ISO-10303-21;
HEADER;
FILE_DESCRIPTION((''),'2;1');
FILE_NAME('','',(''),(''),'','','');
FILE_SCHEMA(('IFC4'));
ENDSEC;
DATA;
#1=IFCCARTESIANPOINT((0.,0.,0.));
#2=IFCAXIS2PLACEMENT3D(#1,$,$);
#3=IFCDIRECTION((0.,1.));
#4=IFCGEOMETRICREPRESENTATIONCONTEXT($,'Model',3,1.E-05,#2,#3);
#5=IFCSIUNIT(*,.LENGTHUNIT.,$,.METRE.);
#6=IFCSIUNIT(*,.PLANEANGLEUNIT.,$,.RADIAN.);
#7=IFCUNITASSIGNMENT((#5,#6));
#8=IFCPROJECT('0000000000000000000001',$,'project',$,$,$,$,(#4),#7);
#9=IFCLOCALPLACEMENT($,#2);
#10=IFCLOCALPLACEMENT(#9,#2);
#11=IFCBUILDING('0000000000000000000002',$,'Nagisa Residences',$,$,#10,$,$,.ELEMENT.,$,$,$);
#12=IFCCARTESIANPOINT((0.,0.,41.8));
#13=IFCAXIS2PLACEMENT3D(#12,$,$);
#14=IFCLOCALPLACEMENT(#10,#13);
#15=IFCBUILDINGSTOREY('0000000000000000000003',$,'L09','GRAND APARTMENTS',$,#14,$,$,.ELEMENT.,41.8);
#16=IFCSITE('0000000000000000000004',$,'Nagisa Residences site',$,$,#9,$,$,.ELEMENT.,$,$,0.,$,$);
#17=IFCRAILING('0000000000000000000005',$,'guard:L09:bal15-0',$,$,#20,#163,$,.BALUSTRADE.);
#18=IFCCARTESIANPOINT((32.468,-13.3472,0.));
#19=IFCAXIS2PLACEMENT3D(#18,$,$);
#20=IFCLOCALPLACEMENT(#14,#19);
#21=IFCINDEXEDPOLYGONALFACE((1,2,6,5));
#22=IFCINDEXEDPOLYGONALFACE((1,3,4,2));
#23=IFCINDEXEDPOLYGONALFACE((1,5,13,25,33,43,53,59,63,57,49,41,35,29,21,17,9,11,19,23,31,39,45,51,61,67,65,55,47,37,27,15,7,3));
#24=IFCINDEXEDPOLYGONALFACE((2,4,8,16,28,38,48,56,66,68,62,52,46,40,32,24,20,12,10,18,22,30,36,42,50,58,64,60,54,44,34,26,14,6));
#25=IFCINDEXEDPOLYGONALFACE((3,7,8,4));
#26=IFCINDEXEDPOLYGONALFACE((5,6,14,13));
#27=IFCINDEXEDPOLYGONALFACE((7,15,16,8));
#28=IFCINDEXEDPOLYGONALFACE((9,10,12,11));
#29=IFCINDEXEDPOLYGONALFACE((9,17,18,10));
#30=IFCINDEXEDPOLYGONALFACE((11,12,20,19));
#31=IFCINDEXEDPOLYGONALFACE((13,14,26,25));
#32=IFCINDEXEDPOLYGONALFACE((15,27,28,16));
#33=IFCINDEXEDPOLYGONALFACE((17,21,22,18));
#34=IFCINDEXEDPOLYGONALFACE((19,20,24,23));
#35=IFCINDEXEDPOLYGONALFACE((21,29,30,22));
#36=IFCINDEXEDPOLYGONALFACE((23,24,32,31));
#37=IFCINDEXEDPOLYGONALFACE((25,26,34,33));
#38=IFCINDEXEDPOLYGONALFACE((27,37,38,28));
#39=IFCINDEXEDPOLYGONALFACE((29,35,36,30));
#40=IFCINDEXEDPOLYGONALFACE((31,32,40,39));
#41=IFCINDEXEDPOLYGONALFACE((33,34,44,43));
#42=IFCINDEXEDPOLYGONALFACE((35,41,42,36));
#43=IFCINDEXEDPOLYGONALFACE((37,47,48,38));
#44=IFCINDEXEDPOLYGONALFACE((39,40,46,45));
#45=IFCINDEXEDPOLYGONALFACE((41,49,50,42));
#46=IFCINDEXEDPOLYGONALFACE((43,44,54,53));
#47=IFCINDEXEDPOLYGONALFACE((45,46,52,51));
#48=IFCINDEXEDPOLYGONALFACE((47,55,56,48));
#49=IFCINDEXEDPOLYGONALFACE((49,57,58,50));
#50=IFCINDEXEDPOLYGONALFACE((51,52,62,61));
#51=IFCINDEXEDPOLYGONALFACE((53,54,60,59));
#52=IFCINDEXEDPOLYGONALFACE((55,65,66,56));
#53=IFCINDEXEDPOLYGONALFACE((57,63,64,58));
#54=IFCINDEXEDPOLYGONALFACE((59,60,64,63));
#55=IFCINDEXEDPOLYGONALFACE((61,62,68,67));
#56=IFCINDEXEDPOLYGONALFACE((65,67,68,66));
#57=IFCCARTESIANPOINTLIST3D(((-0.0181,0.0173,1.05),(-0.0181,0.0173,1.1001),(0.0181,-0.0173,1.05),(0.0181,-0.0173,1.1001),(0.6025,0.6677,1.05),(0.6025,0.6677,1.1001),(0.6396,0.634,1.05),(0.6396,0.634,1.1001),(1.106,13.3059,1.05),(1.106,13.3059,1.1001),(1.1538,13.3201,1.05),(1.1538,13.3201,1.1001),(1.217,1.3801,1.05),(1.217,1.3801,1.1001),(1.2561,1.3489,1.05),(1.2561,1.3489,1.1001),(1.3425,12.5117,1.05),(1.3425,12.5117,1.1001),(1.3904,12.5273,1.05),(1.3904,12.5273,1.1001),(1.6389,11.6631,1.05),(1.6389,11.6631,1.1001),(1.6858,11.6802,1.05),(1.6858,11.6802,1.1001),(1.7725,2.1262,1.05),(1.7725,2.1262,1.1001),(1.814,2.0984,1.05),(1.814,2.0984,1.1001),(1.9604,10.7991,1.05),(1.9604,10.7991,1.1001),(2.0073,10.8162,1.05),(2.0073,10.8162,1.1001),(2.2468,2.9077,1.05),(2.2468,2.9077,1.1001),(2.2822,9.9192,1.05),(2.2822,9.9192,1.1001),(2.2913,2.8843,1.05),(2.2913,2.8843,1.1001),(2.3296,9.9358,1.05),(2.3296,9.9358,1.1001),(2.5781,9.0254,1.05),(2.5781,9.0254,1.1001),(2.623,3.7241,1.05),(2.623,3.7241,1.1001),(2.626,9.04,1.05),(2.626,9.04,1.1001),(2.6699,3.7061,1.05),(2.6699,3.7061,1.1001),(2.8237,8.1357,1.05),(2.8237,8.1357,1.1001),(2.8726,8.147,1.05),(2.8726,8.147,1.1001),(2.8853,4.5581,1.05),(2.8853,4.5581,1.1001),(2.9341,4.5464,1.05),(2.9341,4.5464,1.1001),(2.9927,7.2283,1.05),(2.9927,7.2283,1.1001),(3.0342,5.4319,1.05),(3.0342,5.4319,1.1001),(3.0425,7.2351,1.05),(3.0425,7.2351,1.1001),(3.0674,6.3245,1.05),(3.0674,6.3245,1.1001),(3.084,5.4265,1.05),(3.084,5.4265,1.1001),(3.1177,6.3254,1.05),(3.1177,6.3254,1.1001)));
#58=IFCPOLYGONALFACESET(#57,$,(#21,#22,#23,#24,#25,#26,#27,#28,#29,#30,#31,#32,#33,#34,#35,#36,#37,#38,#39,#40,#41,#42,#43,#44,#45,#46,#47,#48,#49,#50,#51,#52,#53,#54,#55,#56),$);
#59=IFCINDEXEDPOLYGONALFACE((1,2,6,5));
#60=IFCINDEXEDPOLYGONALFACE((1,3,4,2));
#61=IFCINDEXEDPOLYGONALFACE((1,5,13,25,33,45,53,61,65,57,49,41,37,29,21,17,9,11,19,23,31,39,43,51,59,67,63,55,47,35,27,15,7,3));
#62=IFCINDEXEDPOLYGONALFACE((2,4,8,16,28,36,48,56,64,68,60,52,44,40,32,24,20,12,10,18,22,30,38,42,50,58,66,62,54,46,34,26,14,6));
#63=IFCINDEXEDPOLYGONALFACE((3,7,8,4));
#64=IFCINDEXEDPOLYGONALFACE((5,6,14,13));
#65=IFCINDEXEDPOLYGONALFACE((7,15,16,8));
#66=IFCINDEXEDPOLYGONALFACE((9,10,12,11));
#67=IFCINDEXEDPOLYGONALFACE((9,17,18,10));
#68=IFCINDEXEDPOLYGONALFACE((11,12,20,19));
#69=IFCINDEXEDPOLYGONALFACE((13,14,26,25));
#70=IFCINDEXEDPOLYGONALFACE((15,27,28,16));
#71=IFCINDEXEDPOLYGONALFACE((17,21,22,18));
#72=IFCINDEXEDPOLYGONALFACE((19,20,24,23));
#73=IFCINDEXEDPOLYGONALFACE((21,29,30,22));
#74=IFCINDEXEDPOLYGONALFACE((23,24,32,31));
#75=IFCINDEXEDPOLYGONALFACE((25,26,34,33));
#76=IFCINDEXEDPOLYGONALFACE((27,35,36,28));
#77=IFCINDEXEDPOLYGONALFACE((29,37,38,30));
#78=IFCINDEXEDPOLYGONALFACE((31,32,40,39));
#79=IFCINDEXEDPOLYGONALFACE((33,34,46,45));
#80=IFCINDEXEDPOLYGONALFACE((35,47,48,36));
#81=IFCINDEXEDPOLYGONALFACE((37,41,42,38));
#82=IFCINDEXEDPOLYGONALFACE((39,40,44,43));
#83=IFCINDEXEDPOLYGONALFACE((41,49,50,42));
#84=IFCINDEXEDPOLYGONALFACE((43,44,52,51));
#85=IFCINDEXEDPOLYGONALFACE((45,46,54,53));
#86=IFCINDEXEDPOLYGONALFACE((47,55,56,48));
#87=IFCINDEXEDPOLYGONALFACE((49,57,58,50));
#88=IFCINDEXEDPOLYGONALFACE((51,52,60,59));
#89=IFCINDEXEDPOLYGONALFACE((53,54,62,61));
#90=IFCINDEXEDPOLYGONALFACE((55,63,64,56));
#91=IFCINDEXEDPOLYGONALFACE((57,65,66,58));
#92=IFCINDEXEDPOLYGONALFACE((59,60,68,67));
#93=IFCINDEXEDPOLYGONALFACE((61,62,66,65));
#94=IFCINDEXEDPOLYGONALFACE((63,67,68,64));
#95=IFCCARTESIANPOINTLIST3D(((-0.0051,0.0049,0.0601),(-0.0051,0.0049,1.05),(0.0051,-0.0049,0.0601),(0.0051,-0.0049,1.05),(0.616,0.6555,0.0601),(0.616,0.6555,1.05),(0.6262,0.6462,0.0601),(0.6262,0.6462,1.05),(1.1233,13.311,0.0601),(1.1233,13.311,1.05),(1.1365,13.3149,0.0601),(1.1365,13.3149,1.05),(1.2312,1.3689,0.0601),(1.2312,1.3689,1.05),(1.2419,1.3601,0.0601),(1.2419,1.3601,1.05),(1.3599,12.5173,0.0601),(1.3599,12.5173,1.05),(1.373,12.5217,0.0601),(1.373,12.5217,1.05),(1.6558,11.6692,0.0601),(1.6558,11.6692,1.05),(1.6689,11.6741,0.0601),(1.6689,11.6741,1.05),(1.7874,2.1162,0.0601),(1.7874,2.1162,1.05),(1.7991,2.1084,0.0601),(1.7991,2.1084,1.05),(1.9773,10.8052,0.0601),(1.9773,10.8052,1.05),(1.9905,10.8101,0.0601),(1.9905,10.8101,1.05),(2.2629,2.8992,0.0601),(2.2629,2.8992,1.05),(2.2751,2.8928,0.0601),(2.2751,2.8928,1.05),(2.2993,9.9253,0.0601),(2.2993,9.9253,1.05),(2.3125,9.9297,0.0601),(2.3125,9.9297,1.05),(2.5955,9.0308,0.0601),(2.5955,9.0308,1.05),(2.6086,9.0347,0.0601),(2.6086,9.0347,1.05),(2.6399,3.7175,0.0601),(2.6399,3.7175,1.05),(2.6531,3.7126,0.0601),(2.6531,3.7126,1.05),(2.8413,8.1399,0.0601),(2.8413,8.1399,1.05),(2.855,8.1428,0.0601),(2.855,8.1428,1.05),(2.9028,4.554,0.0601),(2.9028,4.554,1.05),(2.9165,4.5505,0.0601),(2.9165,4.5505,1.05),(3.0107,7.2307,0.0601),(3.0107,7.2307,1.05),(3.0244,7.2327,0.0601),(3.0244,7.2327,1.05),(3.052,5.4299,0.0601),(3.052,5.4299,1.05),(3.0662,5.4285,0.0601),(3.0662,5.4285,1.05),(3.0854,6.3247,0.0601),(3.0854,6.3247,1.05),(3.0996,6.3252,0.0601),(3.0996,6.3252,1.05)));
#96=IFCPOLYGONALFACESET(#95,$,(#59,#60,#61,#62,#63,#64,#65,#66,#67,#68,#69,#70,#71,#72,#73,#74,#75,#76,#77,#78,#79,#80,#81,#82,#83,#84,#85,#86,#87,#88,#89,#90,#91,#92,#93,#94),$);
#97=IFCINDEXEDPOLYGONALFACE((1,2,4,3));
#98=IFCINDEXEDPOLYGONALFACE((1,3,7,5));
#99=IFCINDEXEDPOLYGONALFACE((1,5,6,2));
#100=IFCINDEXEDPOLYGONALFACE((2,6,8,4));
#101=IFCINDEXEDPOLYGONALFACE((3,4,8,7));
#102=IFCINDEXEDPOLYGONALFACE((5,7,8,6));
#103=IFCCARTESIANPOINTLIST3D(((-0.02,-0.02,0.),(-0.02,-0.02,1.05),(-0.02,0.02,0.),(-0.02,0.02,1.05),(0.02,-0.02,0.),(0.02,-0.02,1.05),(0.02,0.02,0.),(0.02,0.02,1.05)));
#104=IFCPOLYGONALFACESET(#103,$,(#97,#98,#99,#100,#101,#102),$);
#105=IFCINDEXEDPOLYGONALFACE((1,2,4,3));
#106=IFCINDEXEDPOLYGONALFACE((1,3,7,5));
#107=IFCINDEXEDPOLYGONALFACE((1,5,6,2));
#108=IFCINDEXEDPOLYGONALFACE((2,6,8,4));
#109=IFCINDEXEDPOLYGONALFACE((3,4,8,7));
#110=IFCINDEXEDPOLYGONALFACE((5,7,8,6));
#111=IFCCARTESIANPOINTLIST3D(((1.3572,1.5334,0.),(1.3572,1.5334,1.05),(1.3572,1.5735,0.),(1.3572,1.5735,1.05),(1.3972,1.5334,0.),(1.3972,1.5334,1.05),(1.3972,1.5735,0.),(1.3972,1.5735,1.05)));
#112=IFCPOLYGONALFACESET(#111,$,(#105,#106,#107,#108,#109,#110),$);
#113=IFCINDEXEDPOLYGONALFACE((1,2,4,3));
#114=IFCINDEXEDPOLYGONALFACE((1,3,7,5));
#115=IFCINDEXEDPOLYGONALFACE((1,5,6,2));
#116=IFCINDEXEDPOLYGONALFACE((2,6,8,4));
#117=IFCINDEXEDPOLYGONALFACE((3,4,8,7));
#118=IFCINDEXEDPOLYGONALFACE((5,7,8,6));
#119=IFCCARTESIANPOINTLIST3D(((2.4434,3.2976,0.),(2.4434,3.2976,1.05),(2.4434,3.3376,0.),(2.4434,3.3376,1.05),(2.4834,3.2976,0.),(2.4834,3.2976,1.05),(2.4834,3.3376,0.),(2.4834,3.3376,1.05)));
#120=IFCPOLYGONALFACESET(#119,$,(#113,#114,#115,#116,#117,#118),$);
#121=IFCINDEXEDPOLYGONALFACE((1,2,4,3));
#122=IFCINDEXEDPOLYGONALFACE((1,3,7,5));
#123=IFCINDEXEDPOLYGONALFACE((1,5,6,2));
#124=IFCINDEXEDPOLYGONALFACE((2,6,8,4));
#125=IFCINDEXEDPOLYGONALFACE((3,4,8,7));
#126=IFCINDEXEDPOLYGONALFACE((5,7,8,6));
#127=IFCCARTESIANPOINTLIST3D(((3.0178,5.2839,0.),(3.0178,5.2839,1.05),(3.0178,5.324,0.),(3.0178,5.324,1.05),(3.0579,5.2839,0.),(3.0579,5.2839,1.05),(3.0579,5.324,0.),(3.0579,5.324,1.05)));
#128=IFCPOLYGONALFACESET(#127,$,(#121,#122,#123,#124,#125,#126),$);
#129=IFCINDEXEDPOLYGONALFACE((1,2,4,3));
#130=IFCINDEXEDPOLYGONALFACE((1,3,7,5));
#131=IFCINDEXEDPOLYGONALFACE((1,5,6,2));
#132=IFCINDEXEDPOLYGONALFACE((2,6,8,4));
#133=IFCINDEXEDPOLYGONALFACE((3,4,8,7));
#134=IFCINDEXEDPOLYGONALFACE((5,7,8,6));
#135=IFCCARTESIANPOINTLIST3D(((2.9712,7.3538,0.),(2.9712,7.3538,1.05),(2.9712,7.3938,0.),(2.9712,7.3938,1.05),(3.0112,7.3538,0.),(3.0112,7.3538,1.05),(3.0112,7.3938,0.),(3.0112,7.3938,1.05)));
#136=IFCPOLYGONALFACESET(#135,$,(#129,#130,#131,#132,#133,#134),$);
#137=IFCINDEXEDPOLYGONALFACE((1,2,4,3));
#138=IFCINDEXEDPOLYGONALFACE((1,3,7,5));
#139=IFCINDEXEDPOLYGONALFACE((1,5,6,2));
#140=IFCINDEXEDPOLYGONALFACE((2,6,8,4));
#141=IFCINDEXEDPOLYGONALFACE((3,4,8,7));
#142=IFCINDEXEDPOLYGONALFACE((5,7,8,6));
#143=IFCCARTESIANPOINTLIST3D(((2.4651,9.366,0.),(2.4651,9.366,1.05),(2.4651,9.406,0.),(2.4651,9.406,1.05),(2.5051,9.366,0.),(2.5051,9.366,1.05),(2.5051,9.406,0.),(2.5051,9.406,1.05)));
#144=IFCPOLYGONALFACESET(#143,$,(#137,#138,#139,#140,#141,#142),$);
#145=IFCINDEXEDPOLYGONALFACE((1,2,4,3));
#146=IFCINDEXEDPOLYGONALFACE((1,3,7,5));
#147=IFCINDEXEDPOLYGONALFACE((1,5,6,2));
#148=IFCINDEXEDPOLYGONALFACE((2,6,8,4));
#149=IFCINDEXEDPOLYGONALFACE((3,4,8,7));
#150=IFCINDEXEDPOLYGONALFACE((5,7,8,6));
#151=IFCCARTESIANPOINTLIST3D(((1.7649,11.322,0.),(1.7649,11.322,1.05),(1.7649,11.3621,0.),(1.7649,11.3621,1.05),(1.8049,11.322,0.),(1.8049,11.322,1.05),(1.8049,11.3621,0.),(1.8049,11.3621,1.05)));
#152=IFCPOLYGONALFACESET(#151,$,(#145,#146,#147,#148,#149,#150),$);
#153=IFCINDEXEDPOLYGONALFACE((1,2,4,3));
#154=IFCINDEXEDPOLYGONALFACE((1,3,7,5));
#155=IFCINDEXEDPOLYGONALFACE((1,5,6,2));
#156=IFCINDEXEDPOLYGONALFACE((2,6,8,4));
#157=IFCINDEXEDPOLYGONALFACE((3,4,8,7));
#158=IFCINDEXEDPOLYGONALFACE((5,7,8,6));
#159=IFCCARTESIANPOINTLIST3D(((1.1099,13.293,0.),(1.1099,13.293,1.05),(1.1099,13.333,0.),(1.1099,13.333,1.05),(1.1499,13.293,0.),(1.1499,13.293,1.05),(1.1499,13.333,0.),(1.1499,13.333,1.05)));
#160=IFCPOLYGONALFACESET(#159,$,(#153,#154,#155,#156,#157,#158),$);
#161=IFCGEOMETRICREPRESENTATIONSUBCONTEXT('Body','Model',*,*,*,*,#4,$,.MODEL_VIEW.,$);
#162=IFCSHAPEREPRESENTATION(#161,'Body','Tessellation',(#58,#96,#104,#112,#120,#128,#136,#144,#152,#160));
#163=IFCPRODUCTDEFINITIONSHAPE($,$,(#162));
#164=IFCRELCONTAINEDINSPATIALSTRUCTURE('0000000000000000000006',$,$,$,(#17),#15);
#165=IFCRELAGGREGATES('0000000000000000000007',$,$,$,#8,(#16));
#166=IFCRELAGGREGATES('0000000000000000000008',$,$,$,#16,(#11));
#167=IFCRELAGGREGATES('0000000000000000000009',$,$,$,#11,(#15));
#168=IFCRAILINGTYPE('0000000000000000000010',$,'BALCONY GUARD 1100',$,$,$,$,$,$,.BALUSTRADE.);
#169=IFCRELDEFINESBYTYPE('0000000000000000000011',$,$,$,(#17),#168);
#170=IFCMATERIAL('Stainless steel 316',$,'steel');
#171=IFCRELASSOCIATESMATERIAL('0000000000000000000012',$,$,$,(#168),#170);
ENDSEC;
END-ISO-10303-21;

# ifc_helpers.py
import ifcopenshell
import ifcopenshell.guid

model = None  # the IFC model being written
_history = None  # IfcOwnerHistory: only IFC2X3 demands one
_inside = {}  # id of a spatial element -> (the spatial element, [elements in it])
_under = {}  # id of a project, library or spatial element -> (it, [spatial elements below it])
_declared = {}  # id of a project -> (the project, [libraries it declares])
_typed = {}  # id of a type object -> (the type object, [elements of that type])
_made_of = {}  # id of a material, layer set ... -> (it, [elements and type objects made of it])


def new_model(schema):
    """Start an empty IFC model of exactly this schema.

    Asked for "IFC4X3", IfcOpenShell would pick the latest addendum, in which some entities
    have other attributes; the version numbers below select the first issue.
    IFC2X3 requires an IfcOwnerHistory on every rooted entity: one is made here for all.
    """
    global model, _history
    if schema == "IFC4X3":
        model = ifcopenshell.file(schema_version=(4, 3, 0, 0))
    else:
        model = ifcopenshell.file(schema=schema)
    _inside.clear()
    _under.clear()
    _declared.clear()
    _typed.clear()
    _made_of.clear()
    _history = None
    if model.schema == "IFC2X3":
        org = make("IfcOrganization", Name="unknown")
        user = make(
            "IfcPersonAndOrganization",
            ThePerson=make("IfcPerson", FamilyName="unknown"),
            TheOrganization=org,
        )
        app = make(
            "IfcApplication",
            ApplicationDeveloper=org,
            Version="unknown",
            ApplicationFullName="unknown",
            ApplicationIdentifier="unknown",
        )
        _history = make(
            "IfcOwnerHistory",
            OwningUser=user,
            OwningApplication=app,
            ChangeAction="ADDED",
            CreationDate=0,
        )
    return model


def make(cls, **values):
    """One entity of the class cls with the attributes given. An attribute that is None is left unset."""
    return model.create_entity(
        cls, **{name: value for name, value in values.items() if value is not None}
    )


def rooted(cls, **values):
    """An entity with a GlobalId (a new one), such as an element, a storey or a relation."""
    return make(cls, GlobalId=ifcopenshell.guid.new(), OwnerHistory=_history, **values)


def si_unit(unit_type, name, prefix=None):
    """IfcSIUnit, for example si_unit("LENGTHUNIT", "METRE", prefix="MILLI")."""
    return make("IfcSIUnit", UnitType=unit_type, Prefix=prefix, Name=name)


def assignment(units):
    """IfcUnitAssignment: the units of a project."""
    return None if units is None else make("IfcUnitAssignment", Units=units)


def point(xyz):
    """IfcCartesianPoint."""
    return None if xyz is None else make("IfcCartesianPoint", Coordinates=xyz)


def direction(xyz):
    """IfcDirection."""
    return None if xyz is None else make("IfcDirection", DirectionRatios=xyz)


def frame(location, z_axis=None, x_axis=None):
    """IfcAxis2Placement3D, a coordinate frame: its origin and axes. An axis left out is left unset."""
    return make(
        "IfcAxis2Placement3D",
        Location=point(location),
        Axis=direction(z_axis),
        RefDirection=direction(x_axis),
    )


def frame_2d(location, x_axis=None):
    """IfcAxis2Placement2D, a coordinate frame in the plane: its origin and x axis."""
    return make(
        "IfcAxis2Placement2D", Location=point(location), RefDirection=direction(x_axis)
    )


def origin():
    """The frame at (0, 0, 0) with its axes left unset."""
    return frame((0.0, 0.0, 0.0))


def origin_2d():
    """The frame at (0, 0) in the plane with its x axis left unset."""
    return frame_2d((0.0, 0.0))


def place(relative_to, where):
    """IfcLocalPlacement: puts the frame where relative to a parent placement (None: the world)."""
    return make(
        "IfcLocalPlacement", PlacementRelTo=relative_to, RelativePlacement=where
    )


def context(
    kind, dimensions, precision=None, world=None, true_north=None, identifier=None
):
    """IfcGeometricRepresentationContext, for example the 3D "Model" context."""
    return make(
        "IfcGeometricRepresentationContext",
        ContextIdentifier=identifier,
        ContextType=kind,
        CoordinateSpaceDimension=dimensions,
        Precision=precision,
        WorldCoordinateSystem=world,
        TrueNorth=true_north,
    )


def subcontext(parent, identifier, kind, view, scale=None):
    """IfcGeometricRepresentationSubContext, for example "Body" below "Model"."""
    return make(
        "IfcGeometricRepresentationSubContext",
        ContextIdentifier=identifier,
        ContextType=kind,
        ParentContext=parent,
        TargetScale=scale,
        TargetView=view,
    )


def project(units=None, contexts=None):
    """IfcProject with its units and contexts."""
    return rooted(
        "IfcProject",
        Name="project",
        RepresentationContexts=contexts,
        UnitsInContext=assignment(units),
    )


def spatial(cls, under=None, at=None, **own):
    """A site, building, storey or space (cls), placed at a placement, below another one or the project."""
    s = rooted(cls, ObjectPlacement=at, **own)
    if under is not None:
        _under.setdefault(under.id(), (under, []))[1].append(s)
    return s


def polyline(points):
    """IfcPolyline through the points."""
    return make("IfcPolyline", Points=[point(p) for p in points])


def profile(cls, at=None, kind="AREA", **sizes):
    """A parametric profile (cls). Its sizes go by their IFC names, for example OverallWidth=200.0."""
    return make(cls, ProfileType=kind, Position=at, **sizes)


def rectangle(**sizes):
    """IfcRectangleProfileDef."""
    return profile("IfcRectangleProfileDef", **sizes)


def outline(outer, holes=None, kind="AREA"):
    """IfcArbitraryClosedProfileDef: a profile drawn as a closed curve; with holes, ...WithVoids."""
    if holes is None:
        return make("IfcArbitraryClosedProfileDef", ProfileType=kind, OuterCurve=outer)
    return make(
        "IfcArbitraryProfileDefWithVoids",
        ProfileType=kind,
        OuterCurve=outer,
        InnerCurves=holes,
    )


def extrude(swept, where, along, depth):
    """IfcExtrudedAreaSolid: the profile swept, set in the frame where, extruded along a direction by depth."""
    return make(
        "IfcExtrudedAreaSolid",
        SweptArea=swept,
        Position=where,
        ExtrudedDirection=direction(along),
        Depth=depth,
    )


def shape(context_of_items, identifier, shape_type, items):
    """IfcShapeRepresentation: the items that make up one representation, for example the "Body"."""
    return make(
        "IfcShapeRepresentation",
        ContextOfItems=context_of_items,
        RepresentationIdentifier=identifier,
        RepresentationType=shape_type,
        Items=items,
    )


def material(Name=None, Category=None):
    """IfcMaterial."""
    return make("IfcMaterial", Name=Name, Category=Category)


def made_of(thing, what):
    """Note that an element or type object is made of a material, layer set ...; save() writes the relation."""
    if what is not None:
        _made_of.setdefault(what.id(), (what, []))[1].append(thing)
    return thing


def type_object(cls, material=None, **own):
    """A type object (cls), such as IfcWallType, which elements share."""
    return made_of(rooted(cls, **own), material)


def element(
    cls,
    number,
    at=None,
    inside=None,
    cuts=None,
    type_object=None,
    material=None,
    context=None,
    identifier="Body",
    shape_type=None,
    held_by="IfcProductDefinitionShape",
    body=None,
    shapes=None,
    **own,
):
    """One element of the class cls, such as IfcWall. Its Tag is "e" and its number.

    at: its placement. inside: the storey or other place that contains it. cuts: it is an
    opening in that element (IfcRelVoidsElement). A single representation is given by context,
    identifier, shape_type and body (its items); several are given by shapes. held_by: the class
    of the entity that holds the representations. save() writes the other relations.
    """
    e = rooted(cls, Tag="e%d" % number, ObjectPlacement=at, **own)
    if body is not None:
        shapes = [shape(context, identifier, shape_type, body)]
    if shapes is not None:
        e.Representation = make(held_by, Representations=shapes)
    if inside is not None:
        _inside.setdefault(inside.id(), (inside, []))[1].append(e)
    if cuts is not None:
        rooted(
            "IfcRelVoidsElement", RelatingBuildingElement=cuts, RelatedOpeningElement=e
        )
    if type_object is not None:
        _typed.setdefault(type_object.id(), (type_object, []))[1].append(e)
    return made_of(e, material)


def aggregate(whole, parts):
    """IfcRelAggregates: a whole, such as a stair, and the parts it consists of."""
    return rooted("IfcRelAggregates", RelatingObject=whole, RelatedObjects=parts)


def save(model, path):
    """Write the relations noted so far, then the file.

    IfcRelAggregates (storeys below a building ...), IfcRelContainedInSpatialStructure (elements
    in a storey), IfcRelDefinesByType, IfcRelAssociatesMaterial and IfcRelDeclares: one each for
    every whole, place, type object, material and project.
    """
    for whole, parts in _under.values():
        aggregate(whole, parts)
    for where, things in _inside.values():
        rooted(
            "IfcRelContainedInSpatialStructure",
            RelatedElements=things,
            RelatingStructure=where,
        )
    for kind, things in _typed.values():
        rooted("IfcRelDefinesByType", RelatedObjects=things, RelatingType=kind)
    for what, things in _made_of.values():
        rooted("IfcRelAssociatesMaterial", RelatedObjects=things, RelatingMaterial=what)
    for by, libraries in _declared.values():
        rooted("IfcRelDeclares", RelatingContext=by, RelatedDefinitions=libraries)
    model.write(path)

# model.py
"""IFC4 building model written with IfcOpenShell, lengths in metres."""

from ifc_helpers import new_model, si_unit, direction, frame, origin, origin_2d, place, context, subcontext, project, spatial, polyline, rectangle, outline, extrude, material, type_object, element, save


model = new_model("IFC4")

# Units and contexts
model_context = context("Model", 3, precision=1e-05, world=origin(), true_north=direction((0.0, 1.0)))
body_context = subcontext(model_context, "Body", "Model", "MODEL_VIEW")
ifc_project = project(units=[si_unit("LENGTHUNIT", "METRE"), si_unit("PLANEANGLEUNIT", "RADIAN")], contexts=[model_context])

# Site, building, storey
site_placement = place(None, origin())
site = spatial("IfcSite", under=ifc_project, at=site_placement, Name="Nagisa Residences site", CompositionType="ELEMENT", RefElevation=0.0)
building_placement = place(site_placement, origin())
building = spatial("IfcBuilding", under=site, at=building_placement, Name="Nagisa Residences", CompositionType="ELEMENT")
storey_placement = place(building_placement, frame((0.0, 0.0, 41.8)))
storey = spatial("IfcBuildingStorey", under=building, at=storey_placement, Name="L09", Description="GRAND APARTMENTS", CompositionType="ELEMENT", Elevation=41.8)

# Railing
ifc_material_1 = material(Name="Stainless steel 316", Category="steel")
railing_type = type_object("IfcRailingType", Name="BALCONY GUARD 1100", PredefinedType="BALUSTRADE", material=ifc_material_1)
railing_placement = place(storey_placement, frame((32.468, -13.3472, 0.0)))
element("IfcRailing", 1, at=railing_placement, inside=storey, type_object=railing_type, Name="guard:L09:bal15-0", PredefinedType="BALUSTRADE", context=body_context, shape_type="SweptSolid", body=[
    extrude(outline(polyline([(0.6025, 0.6677), (-0.0181, 0.0173), (0.0181, -0.0173), (0.6396, 0.634), (1.2561, 1.3489), (1.814, 2.0984), (2.2913, 2.8843), (2.6699, 3.7061), (2.9341, 4.5464), (3.084, 5.4265), (3.1177, 6.3254), (3.0425, 7.2351), (2.8726, 8.147), (2.626, 9.04), (2.3296, 9.9358), (2.0073, 10.8162), (1.6858, 11.6802), (1.3904, 12.5273), (1.1538, 13.3201), (1.106, 13.3059), (1.3425, 12.5117), (1.6389, 11.6631), (1.9604, 10.7991), (2.2822, 9.9192), (2.5781, 9.0254), (2.8237, 8.1357), (2.9927, 7.2283), (3.0674, 6.3245), (3.0342, 5.4319), (2.8853, 4.5581), (2.623, 3.7241), (2.2468, 2.9077), (1.7725, 2.1262), (1.217, 1.3801), (0.6025, 0.6677)])), frame((0.0, 0.0, 1.05)), (0.0, 0.0, 1.0), 0.05),
    extrude(outline(polyline([(0.616, 0.6555), (-0.0051, 0.0049), (0.0051, -0.0049), (0.6262, 0.6462), (1.2419, 1.3601), (1.7991, 2.1084), (2.2751, 2.8928), (2.6531, 3.7126), (2.9165, 4.5505), (3.0662, 5.4285), (3.0996, 6.3252), (3.0244, 7.2327), (2.855, 8.1428), (2.6086, 9.0347), (2.3125, 9.9297), (1.9905, 10.8101), (1.6689, 11.6741), (1.373, 12.5217), (1.1365, 13.3149), (1.1233, 13.311), (1.3599, 12.5173), (1.6558, 11.6692), (1.9773, 10.8052), (2.2993, 9.9253), (2.5955, 9.0308), (2.8413, 8.1399), (3.0107, 7.2307), (3.0854, 6.3247), (3.052, 5.4299), (2.9028, 4.554), (2.6399, 3.7175), (2.2629, 2.8992), (1.7874, 2.1162), (1.2312, 1.3689), (0.616, 0.6555)])), frame((0.0, 0.0, 0.0601)), (0.0, 0.0, 1.0), 0.99),
    extrude(rectangle(XDim=0.04, YDim=0.04, at=origin_2d()), origin(), (0.0, 0.0, 1.0), 1.05),
    extrude(rectangle(XDim=0.04, YDim=0.04, at=origin_2d()), frame((1.3772, 1.5535, 0.0)), (0.0, 0.0, 1.0), 1.05),
    extrude(rectangle(XDim=0.04, YDim=0.04, at=origin_2d()), frame((2.4634, 3.3176, 0.0)), (0.0, 0.0, 1.0), 1.05),
    extrude(rectangle(XDim=0.04, YDim=0.04, at=origin_2d()), frame((3.0378, 5.304, 0.0)), (0.0, 0.0, 1.0), 1.05),
    extrude(rectangle(XDim=0.04, YDim=0.04, at=origin_2d()), frame((2.9912, 7.3738, 0.0)), (0.0, 0.0, 1.0), 1.05),
    extrude(rectangle(XDim=0.04, YDim=0.04, at=origin_2d()), frame((2.4851, 9.386, 0.0)), (0.0, 0.0, 1.0), 1.05),
    extrude(rectangle(XDim=0.04, YDim=0.04, at=origin_2d()), frame((1.7849, 11.342, 0.0)), (0.0, 0.0, 1.0), 1.05),
    extrude(rectangle(XDim=0.04, YDim=0.04, at=origin_2d()), frame((1.1299, 13.313, 0.0)), (0.0, 0.0, 1.0), 1.05),
])

save(model, "model.ifc")
